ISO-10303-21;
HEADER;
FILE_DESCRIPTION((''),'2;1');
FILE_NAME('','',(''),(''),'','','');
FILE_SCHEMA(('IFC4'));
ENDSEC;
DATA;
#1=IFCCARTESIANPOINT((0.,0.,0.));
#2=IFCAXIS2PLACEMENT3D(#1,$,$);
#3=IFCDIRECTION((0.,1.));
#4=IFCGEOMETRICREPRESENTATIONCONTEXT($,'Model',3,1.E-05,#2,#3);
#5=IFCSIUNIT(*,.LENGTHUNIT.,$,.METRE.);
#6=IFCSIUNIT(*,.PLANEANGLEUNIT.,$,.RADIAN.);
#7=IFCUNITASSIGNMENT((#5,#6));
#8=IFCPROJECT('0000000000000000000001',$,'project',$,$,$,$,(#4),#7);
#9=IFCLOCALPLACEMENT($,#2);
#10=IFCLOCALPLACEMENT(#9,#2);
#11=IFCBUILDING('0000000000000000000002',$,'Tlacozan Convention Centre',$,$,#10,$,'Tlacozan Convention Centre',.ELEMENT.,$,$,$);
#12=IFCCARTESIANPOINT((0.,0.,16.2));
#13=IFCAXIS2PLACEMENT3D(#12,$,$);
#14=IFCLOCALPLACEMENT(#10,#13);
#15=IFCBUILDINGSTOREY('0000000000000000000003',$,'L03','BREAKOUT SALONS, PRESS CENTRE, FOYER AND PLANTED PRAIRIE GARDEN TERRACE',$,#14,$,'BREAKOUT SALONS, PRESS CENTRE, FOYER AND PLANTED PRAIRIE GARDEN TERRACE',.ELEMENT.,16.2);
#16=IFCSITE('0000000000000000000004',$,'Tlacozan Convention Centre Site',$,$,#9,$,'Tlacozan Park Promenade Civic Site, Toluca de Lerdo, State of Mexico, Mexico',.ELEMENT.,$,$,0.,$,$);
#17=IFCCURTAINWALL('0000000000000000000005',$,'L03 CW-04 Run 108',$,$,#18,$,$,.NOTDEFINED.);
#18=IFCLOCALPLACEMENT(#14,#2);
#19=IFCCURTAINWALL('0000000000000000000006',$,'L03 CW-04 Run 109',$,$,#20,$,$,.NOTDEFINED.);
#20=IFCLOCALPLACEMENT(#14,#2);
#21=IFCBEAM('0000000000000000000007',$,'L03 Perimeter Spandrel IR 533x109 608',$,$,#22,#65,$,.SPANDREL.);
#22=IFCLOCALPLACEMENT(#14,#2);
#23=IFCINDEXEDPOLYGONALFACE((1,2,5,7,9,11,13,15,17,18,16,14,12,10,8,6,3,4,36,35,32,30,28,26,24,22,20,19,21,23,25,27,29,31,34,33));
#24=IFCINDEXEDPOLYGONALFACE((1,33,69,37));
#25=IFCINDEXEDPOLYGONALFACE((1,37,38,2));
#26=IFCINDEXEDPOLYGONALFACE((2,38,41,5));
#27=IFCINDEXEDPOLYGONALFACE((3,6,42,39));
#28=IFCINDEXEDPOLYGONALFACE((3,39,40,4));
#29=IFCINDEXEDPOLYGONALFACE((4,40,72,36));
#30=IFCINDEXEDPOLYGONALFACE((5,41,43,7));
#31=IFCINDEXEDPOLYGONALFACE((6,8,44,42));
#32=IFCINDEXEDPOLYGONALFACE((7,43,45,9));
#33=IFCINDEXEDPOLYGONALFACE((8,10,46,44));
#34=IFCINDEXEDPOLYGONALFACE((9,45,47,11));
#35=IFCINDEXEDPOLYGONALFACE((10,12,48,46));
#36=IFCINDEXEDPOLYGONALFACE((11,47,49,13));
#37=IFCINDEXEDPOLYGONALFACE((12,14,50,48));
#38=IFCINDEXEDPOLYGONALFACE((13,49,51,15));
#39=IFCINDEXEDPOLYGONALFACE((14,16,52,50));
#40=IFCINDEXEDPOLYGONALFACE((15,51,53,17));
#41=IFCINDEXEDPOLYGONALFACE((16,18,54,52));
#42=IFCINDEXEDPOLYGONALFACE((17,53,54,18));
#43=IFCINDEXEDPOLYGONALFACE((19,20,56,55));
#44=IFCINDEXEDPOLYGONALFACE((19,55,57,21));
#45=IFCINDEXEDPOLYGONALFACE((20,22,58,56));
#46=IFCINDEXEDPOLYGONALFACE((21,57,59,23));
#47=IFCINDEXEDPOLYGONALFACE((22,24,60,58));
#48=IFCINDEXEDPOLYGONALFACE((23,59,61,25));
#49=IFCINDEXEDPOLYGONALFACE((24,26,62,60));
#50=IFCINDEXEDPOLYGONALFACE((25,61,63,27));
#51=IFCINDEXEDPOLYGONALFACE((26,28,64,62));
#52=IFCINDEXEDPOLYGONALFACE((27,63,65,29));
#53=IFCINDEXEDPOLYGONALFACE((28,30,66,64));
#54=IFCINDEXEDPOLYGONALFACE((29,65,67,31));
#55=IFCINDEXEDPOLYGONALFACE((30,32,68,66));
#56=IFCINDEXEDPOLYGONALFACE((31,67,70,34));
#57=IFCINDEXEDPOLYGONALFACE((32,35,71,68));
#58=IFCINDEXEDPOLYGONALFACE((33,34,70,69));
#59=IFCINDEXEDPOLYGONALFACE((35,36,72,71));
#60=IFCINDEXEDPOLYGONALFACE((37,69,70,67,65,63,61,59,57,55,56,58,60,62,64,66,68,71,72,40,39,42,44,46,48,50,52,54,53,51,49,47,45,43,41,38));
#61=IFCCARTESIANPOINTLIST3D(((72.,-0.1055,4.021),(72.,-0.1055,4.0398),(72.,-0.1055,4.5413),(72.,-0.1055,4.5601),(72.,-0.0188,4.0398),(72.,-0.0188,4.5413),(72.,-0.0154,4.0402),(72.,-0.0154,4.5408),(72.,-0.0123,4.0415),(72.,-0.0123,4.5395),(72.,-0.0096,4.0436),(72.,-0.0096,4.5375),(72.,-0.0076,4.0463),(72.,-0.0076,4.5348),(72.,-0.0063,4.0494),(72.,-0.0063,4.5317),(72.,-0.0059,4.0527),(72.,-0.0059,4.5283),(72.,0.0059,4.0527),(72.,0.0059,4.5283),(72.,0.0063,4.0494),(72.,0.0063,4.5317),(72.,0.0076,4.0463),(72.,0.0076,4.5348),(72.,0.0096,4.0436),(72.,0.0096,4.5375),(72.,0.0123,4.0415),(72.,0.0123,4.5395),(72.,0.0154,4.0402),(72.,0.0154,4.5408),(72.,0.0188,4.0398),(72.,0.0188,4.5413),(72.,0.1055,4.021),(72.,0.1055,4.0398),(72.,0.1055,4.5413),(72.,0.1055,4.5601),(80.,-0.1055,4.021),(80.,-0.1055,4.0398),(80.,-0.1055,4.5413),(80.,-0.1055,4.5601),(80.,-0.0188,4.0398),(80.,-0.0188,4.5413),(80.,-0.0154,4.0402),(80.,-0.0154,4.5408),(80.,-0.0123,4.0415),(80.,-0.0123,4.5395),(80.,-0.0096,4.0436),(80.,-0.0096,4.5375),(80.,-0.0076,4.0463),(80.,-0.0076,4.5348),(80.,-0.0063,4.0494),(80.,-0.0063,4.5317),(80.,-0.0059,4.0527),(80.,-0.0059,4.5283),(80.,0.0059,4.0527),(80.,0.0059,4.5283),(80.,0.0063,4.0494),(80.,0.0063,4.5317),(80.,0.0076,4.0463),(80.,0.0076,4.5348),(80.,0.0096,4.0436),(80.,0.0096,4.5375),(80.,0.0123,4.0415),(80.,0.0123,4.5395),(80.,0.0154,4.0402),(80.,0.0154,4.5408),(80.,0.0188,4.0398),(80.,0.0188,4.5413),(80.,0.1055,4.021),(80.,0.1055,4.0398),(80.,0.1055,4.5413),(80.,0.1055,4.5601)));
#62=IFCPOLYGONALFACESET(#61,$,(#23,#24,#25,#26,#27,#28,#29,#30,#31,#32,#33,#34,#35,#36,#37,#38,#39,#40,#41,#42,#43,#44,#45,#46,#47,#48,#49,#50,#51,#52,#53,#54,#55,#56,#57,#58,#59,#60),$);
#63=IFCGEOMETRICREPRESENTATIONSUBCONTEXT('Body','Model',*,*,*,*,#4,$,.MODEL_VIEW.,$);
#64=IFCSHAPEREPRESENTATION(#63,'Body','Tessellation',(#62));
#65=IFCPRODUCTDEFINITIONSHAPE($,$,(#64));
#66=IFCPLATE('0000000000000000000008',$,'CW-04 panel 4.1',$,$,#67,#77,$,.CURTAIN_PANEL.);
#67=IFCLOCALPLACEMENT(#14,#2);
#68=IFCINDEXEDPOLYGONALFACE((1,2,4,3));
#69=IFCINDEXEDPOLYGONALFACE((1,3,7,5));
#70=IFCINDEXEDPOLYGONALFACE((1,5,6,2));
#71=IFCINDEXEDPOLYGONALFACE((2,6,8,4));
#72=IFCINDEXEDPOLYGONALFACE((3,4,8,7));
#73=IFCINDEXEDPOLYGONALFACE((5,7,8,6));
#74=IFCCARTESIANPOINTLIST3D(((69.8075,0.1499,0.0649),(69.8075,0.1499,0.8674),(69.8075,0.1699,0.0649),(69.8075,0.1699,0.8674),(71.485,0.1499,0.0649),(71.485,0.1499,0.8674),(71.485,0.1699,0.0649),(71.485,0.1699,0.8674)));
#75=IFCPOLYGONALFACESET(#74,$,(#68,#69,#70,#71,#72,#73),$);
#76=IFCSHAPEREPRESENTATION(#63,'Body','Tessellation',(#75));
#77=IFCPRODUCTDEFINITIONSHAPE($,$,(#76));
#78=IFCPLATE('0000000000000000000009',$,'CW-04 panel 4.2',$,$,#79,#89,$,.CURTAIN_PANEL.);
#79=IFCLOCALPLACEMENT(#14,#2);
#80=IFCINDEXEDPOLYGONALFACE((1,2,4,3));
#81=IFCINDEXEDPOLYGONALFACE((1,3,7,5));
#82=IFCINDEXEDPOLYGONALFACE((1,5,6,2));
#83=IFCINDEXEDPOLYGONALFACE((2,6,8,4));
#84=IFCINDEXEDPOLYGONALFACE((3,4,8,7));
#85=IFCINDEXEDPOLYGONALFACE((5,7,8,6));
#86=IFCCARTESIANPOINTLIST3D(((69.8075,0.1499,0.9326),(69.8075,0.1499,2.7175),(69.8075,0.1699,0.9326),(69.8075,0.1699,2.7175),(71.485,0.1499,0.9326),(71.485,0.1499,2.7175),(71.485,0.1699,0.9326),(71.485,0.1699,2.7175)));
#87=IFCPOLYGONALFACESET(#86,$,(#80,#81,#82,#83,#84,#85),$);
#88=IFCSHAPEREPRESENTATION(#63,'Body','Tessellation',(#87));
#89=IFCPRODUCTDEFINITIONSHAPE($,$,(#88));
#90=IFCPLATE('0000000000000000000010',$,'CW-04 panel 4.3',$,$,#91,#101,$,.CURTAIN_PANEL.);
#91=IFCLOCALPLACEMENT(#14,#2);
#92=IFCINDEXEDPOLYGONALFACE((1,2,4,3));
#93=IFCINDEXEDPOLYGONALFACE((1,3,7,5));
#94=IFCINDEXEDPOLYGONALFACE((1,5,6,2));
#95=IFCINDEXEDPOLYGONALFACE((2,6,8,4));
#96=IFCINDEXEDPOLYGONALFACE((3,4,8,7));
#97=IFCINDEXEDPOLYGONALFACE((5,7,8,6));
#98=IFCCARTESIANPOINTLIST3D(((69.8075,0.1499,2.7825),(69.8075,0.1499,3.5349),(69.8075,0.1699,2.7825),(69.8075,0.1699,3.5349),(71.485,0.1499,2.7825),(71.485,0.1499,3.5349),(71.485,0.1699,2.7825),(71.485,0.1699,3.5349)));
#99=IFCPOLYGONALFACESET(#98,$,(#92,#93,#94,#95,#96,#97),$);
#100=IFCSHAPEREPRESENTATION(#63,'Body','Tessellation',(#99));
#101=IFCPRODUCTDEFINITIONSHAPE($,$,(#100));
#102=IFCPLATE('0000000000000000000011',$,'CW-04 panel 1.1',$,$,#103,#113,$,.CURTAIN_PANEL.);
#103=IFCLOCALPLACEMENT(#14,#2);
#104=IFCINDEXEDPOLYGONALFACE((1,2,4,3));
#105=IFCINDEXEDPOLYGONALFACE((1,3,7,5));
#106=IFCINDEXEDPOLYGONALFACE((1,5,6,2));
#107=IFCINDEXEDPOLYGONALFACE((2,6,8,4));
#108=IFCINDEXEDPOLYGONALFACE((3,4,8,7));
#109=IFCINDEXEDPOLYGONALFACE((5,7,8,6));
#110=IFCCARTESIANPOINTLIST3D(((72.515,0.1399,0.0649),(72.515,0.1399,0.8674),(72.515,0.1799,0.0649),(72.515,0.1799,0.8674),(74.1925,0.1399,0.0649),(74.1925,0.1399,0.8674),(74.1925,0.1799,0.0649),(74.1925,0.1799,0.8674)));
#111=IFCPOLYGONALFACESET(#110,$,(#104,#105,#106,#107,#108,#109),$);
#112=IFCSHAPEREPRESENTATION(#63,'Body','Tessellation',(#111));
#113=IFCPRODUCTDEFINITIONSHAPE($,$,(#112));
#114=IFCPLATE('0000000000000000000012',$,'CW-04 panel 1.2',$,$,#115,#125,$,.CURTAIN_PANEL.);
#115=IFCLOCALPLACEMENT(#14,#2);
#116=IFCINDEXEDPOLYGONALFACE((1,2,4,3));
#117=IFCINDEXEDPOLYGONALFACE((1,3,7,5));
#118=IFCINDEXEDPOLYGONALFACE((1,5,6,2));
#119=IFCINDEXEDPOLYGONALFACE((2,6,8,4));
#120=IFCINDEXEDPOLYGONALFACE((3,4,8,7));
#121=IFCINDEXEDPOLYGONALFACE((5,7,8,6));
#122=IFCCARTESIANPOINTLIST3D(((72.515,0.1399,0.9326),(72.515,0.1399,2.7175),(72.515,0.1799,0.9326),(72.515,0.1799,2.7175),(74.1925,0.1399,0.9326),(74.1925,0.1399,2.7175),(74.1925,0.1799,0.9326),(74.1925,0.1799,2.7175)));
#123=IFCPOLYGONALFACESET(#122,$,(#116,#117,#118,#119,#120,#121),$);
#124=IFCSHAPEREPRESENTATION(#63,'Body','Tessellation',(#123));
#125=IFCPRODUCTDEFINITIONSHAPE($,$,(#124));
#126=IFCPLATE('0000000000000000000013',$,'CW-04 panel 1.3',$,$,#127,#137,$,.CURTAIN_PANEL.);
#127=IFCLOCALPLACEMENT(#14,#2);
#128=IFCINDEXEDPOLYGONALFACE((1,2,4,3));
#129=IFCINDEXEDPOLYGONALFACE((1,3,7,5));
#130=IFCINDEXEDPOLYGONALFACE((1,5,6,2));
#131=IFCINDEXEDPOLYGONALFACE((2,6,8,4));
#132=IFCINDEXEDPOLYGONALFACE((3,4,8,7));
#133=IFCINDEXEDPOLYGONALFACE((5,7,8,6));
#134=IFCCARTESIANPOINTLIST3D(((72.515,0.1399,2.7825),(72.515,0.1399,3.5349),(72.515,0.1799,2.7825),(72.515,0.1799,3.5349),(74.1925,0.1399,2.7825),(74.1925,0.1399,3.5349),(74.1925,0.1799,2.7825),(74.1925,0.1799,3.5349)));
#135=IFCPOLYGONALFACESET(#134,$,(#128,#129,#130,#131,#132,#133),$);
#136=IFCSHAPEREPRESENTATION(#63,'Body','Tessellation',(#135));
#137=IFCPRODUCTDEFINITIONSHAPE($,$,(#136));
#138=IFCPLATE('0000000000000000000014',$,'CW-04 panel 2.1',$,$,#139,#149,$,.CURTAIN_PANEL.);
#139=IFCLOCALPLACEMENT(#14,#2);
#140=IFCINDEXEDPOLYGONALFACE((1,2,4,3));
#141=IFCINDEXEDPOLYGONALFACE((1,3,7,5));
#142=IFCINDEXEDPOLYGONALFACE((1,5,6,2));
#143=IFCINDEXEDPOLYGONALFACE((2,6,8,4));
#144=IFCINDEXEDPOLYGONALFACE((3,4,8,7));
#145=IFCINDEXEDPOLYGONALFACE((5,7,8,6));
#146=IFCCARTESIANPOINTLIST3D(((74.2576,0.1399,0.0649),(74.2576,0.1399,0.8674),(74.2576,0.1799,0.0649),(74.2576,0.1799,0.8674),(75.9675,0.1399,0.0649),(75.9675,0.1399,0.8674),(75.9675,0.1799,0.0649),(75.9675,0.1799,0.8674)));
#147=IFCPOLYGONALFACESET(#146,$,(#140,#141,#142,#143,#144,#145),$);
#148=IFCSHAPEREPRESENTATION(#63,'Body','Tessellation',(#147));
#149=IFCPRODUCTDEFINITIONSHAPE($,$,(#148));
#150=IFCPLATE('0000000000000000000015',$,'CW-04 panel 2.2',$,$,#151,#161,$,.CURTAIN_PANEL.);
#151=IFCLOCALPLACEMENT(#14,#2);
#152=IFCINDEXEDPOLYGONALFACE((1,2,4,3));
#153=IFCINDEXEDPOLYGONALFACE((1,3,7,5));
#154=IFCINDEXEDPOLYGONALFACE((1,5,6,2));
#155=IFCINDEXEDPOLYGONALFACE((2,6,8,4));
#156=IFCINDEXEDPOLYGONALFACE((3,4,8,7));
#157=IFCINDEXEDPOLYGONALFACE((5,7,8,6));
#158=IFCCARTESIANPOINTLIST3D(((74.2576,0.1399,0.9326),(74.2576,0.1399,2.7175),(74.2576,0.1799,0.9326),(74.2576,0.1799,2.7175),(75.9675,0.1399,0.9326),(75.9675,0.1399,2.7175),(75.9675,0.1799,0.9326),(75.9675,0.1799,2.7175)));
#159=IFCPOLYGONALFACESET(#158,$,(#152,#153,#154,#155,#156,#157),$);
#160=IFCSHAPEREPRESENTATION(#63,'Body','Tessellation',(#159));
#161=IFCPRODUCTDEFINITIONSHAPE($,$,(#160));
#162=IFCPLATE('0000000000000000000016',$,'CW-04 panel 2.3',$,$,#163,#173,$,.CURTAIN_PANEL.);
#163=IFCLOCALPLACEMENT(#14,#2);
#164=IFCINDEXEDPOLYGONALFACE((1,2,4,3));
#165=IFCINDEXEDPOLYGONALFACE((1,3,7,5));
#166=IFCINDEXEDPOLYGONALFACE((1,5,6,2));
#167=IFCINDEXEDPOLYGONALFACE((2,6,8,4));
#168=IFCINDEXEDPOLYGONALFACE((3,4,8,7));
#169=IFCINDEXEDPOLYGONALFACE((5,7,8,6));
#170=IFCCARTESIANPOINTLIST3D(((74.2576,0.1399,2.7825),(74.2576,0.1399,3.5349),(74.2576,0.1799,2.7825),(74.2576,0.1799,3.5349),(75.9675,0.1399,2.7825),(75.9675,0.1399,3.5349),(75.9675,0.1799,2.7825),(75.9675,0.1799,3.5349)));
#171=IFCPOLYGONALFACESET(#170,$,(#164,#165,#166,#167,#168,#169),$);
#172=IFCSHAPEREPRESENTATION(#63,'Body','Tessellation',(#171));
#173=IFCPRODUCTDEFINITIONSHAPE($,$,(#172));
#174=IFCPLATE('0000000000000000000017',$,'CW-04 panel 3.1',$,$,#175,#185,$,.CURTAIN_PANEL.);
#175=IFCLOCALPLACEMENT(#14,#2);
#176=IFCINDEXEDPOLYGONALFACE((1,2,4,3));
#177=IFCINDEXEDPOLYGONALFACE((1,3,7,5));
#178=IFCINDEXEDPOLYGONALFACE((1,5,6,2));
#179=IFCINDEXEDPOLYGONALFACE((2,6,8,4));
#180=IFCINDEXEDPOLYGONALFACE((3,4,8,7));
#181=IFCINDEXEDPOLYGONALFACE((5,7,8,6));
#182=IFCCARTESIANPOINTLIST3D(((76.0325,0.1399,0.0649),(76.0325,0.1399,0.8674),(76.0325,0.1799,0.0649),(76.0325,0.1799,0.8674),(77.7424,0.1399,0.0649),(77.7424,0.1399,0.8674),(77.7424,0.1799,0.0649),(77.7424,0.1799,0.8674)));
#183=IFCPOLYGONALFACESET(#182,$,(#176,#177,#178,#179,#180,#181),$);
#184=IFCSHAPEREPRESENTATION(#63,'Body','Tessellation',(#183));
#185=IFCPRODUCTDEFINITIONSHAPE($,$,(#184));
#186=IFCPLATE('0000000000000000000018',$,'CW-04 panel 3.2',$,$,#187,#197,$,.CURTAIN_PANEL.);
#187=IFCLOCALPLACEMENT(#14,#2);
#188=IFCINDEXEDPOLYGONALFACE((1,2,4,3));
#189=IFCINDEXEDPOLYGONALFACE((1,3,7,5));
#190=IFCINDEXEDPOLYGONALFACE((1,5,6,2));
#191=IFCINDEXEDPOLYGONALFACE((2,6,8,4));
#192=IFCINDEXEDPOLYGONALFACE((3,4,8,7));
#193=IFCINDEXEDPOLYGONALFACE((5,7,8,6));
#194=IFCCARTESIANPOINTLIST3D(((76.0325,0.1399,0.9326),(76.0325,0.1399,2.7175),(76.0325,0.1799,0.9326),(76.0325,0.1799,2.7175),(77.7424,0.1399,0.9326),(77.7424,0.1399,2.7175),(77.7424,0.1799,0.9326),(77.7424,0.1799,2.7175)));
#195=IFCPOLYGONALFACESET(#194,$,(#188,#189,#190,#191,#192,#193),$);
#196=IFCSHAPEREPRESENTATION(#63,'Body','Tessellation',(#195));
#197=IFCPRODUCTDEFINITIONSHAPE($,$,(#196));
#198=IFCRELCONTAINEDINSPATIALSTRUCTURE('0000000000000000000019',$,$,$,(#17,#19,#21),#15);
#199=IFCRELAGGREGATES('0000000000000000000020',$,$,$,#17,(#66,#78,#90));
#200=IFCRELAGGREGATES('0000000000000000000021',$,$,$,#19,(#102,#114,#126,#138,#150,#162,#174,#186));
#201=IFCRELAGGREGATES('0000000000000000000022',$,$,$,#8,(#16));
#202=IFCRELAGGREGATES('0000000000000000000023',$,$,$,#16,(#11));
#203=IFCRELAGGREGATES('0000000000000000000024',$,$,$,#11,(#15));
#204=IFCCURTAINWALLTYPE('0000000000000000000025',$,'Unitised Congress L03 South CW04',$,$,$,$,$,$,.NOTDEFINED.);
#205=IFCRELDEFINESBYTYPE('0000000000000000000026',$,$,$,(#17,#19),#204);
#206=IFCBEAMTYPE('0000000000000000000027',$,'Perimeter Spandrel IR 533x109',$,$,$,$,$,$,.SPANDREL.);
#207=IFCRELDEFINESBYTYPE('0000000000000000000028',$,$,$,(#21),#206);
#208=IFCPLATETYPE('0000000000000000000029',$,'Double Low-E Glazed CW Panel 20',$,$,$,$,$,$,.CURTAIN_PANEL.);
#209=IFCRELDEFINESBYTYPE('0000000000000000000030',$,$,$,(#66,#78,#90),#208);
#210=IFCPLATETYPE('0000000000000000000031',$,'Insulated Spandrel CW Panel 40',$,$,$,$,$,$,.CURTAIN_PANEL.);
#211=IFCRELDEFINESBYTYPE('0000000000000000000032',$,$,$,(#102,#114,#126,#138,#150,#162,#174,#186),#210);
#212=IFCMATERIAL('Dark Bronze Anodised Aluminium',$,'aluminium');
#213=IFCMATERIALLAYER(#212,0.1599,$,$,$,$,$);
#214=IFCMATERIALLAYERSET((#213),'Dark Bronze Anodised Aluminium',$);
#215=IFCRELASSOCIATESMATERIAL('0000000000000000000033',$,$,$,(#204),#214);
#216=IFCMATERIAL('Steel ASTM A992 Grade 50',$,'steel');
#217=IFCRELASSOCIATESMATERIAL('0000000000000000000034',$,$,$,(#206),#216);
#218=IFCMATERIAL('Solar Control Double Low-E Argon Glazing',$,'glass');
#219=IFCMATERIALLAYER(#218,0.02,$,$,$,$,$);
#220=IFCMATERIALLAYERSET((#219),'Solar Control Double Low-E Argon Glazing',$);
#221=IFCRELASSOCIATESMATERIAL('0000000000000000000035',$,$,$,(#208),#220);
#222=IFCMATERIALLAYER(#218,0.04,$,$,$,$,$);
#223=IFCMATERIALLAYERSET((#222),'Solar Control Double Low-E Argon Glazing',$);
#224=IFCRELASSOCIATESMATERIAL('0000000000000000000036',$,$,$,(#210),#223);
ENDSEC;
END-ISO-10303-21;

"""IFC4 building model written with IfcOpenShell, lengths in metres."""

from ifc_helpers import new_model, si_unit, direction, frame, origin, origin_2d, place, context, subcontext, project, spatial, rectangle, i_section, extrude, material, layer, layer_set, material_profile, profile_set, type_object, element, aggregate, save


model = new_model("IFC4")

# Units and contexts
model_context = context("Model", 3, precision=1e-05, world=origin(), true_north=direction((0.0, 1.0)))
body_context = subcontext(model_context, "Body", "Model", "MODEL_VIEW")
ifc_project = project(units=[si_unit("LENGTHUNIT", "METRE"), si_unit("PLANEANGLEUNIT", "RADIAN")], contexts=[model_context])

# Site, building, storey
site_placement = place(None, origin())
site = spatial("IfcSite", under=ifc_project, at=site_placement, Name="Tlacozan Convention Centre Site", LongName="Tlacozan Park Promenade Civic Site, Toluca de Lerdo, State of Mexico, Mexico", CompositionType="ELEMENT", RefElevation=0.0)
building_placement = place(site_placement, origin())
building = spatial("IfcBuilding", under=site, at=building_placement, Name="Tlacozan Convention Centre", LongName="Tlacozan Convention Centre", CompositionType="ELEMENT")
storey_placement = place(building_placement, frame((0.0, 0.0, 16.2)))
storey = spatial("IfcBuildingStorey", under=building, at=storey_placement, Name="L03", Description="BREAKOUT SALONS, PRESS CENTRE, FOYER AND PLANTED PRAIRIE GARDEN TERRACE", LongName="BREAKOUT SALONS, PRESS CENTRE, FOYER AND PLANTED PRAIRIE GARDEN TERRACE", CompositionType="ELEMENT", Elevation=16.2)

# Curtain wall
ifc_material_1 = material(Name="Dark Bronze Anodised Aluminium", Category="aluminium")
ifc_layer_1 = layer(ifc_material_1, 0.1599)
ifc_layer_set_1 = layer_set([ifc_layer_1], Name="Dark Bronze Anodised Aluminium")
curtain_wall_type = type_object("IfcCurtainWallType", Name="Unitised Congress L03 South CW04", PredefinedType="NOTDEFINED", material=ifc_layer_set_1)
curtain_wall_1_placement = place(storey_placement, origin())
curtain_wall_1 = element("IfcCurtainWall", 1, at=curtain_wall_1_placement, inside=storey, type_object=curtain_wall_type, Name="L03 CW-04 Run 108", PredefinedType="NOTDEFINED")

# Curtain wall
curtain_wall_2_placement = place(storey_placement, origin())
curtain_wall_2 = element("IfcCurtainWall", 2, at=curtain_wall_2_placement, inside=storey, type_object=curtain_wall_type, Name="L03 CW-04 Run 109", PredefinedType="NOTDEFINED")

# Beam
ifc_material_2 = material(Name="Steel ASTM A992 Grade 50", Category="steel")
ifc_material_profile_1 = material_profile(ifc_material_2, i_section(OverallWidth=0.2109, OverallDepth=0.5391, WebThickness=0.0117, FlangeThickness=0.0188, FilletRadius=0.0129, at=origin_2d()), Name="IR 533x109.0")
ifc_profile_set_1 = profile_set([ifc_material_profile_1], Name="Steel ASTM A992 Grade 50")
beam_type_1 = type_object("IfcBeamType", Name="Perimeter Spandrel IR 533x109", PredefinedType="SPANDREL", material=ifc_profile_set_1)
beam_1_placement = place(storey_placement, frame((72.0, 0.0, 4.2905), z_axis=(1.0, 0.0, 0.0), x_axis=(0.0, 1.0, 0.0)))
element("IfcBeam", 3, at=beam_1_placement, inside=storey, type_object=beam_type_1, Name="L03 Perimeter Spandrel IR 533x109 608", PredefinedType="SPANDREL", context=body_context, shape_type="SweptSolid", body=[
    extrude(i_section(OverallWidth=0.2109, OverallDepth=0.5391, WebThickness=0.0117, FlangeThickness=0.0188, FilletRadius=0.0129, at=origin_2d()), origin(), (0.0, 0.0, 1.0), 8.0),
])

# Plates
ifc_material_3 = material(Name="Solar Control Double Low-E Argon Glazing", Category="glass")
ifc_layer_2 = layer(ifc_material_3, 0.02)
ifc_layer_set_2 = layer_set([ifc_layer_2], Name="Solar Control Double Low-E Argon Glazing")
plate_type_1 = type_object("IfcPlateType", Name="Double Low-E Glazed CW Panel 20", PredefinedType="CURTAIN_PANEL", material=ifc_layer_set_2)
plate_1_placement = place(storey_placement, frame((70.6462, 0.1599, 0.0649), z_axis=(0.0, 0.0, 1.0), x_axis=(1.0, 0.0, 0.0)))
plate_1 = element("IfcPlate", 4, at=plate_1_placement, type_object=plate_type_1, Name="CW-04 panel 4.1", PredefinedType="CURTAIN_PANEL", context=body_context, shape_type="SweptSolid", body=[
    extrude(rectangle(XDim=1.6775, YDim=0.02, at=origin_2d()), origin(), (0.0, 0.0, 1.0), 0.8025),
])
plate_2_placement = place(storey_placement, frame((70.6462, 0.1599, 0.9326), z_axis=(0.0, 0.0, 1.0), x_axis=(1.0, 0.0, 0.0)))
plate_2 = element("IfcPlate", 5, at=plate_2_placement, type_object=plate_type_1, Name="CW-04 panel 4.2", PredefinedType="CURTAIN_PANEL", context=body_context, shape_type="SweptSolid", body=[
    extrude(rectangle(XDim=1.6775, YDim=0.02, at=origin_2d()), origin(), (0.0, 0.0, 1.0), 1.7849),
])
plate_3_placement = place(storey_placement, frame((70.6462, 0.1599, 2.7825), z_axis=(0.0, 0.0, 1.0), x_axis=(1.0, 0.0, 0.0)))
plate_3 = element("IfcPlate", 6, at=plate_3_placement, type_object=plate_type_1, Name="CW-04 panel 4.3", PredefinedType="CURTAIN_PANEL", context=body_context, shape_type="SweptSolid", body=[
    extrude(rectangle(XDim=1.6775, YDim=0.02, at=origin_2d()), origin(), (0.0, 0.0, 1.0), 0.7524),
])
aggregate(curtain_wall_1, [plate_1, plate_2, plate_3])
ifc_layer_3 = layer(ifc_material_3, 0.04)
ifc_layer_set_3 = layer_set([ifc_layer_3], Name="Solar Control Double Low-E Argon Glazing")
plate_type_2 = type_object("IfcPlateType", Name="Insulated Spandrel CW Panel 40", PredefinedType="CURTAIN_PANEL", material=ifc_layer_set_3)
plate_4_placement = place(storey_placement, frame((73.3538, 0.1599, 0.0649), z_axis=(0.0, 0.0, 1.0), x_axis=(1.0, 0.0, 0.0)))
plate_4 = element("IfcPlate", 7, at=plate_4_placement, type_object=plate_type_2, Name="CW-04 panel 1.1", PredefinedType="CURTAIN_PANEL", context=body_context, shape_type="SweptSolid", body=[
    extrude(rectangle(XDim=1.6775, YDim=0.04, at=origin_2d()), origin(), (0.0, 0.0, 1.0), 0.8025),
])
plate_5_placement = place(storey_placement, frame((73.3538, 0.1599, 0.9326), z_axis=(0.0, 0.0, 1.0), x_axis=(1.0, 0.0, 0.0)))
plate_5 = element("IfcPlate", 8, at=plate_5_placement, type_object=plate_type_2, Name="CW-04 panel 1.2", PredefinedType="CURTAIN_PANEL", context=body_context, shape_type="SweptSolid", body=[
    extrude(rectangle(XDim=1.6775, YDim=0.04, at=origin_2d()), origin(), (0.0, 0.0, 1.0), 1.7849),
])
plate_6_placement = place(storey_placement, frame((73.3538, 0.1599, 2.7825), z_axis=(0.0, 0.0, 1.0), x_axis=(1.0, 0.0, 0.0)))
plate_6 = element("IfcPlate", 9, at=plate_6_placement, type_object=plate_type_2, Name="CW-04 panel 1.3", PredefinedType="CURTAIN_PANEL", context=body_context, shape_type="SweptSolid", body=[
    extrude(rectangle(XDim=1.6775, YDim=0.04, at=origin_2d()), origin(), (0.0, 0.0, 1.0), 0.7524),
])
plate_7_placement = place(storey_placement, frame((75.1125, 0.1599, 0.0649), z_axis=(0.0, 0.0, 1.0), x_axis=(1.0, 0.0, 0.0)))
plate_7 = element("IfcPlate", 10, at=plate_7_placement, type_object=plate_type_2, Name="CW-04 panel 2.1", PredefinedType="CURTAIN_PANEL", context=body_context, shape_type="SweptSolid", body=[
    extrude(rectangle(XDim=1.71, YDim=0.04, at=origin_2d()), origin(), (0.0, 0.0, 1.0), 0.8025),
])
plate_8_placement = place(storey_placement, frame((75.1125, 0.1599, 0.9326), z_axis=(0.0, 0.0, 1.0), x_axis=(1.0, 0.0, 0.0)))
plate_8 = element("IfcPlate", 11, at=plate_8_placement, type_object=plate_type_2, Name="CW-04 panel 2.2", PredefinedType="CURTAIN_PANEL", context=body_context, shape_type="SweptSolid", body=[
    extrude(rectangle(XDim=1.71, YDim=0.04, at=origin_2d()), origin(), (0.0, 0.0, 1.0), 1.7849),
])
plate_9_placement = place(storey_placement, frame((75.1125, 0.1599, 2.7825), z_axis=(0.0, 0.0, 1.0), x_axis=(1.0, 0.0, 0.0)))
plate_9 = element("IfcPlate", 12, at=plate_9_placement, type_object=plate_type_2, Name="CW-04 panel 2.3", PredefinedType="CURTAIN_PANEL", context=body_context, shape_type="SweptSolid", body=[
    extrude(rectangle(XDim=1.71, YDim=0.04, at=origin_2d()), origin(), (0.0, 0.0, 1.0), 0.7524),
])
plate_10_placement = place(storey_placement, frame((76.8875, 0.1599, 0.0649), z_axis=(0.0, 0.0, 1.0), x_axis=(1.0, 0.0, 0.0)))
plate_10 = element("IfcPlate", 13, at=plate_10_placement, type_object=plate_type_2, Name="CW-04 panel 3.1", PredefinedType="CURTAIN_PANEL", context=body_context, shape_type="SweptSolid", body=[
    extrude(rectangle(XDim=1.71, YDim=0.04, at=origin_2d()), origin(), (0.0, 0.0, 1.0), 0.8025),
])
plate_11_placement = place(storey_placement, frame((76.8875, 0.1599, 0.9326), z_axis=(0.0, 0.0, 1.0), x_axis=(1.0, 0.0, 0.0)))
plate_11 = element("IfcPlate", 14, at=plate_11_placement, type_object=plate_type_2, Name="CW-04 panel 3.2", PredefinedType="CURTAIN_PANEL", context=body_context, shape_type="SweptSolid", body=[
    extrude(rectangle(XDim=1.71, YDim=0.04, at=origin_2d()), origin(), (0.0, 0.0, 1.0), 1.7849),
])
aggregate(curtain_wall_2, [plate_4, plate_5, plate_6, plate_7, plate_8, plate_9, plate_10, plate_11])

save(model, "model.ifc")
